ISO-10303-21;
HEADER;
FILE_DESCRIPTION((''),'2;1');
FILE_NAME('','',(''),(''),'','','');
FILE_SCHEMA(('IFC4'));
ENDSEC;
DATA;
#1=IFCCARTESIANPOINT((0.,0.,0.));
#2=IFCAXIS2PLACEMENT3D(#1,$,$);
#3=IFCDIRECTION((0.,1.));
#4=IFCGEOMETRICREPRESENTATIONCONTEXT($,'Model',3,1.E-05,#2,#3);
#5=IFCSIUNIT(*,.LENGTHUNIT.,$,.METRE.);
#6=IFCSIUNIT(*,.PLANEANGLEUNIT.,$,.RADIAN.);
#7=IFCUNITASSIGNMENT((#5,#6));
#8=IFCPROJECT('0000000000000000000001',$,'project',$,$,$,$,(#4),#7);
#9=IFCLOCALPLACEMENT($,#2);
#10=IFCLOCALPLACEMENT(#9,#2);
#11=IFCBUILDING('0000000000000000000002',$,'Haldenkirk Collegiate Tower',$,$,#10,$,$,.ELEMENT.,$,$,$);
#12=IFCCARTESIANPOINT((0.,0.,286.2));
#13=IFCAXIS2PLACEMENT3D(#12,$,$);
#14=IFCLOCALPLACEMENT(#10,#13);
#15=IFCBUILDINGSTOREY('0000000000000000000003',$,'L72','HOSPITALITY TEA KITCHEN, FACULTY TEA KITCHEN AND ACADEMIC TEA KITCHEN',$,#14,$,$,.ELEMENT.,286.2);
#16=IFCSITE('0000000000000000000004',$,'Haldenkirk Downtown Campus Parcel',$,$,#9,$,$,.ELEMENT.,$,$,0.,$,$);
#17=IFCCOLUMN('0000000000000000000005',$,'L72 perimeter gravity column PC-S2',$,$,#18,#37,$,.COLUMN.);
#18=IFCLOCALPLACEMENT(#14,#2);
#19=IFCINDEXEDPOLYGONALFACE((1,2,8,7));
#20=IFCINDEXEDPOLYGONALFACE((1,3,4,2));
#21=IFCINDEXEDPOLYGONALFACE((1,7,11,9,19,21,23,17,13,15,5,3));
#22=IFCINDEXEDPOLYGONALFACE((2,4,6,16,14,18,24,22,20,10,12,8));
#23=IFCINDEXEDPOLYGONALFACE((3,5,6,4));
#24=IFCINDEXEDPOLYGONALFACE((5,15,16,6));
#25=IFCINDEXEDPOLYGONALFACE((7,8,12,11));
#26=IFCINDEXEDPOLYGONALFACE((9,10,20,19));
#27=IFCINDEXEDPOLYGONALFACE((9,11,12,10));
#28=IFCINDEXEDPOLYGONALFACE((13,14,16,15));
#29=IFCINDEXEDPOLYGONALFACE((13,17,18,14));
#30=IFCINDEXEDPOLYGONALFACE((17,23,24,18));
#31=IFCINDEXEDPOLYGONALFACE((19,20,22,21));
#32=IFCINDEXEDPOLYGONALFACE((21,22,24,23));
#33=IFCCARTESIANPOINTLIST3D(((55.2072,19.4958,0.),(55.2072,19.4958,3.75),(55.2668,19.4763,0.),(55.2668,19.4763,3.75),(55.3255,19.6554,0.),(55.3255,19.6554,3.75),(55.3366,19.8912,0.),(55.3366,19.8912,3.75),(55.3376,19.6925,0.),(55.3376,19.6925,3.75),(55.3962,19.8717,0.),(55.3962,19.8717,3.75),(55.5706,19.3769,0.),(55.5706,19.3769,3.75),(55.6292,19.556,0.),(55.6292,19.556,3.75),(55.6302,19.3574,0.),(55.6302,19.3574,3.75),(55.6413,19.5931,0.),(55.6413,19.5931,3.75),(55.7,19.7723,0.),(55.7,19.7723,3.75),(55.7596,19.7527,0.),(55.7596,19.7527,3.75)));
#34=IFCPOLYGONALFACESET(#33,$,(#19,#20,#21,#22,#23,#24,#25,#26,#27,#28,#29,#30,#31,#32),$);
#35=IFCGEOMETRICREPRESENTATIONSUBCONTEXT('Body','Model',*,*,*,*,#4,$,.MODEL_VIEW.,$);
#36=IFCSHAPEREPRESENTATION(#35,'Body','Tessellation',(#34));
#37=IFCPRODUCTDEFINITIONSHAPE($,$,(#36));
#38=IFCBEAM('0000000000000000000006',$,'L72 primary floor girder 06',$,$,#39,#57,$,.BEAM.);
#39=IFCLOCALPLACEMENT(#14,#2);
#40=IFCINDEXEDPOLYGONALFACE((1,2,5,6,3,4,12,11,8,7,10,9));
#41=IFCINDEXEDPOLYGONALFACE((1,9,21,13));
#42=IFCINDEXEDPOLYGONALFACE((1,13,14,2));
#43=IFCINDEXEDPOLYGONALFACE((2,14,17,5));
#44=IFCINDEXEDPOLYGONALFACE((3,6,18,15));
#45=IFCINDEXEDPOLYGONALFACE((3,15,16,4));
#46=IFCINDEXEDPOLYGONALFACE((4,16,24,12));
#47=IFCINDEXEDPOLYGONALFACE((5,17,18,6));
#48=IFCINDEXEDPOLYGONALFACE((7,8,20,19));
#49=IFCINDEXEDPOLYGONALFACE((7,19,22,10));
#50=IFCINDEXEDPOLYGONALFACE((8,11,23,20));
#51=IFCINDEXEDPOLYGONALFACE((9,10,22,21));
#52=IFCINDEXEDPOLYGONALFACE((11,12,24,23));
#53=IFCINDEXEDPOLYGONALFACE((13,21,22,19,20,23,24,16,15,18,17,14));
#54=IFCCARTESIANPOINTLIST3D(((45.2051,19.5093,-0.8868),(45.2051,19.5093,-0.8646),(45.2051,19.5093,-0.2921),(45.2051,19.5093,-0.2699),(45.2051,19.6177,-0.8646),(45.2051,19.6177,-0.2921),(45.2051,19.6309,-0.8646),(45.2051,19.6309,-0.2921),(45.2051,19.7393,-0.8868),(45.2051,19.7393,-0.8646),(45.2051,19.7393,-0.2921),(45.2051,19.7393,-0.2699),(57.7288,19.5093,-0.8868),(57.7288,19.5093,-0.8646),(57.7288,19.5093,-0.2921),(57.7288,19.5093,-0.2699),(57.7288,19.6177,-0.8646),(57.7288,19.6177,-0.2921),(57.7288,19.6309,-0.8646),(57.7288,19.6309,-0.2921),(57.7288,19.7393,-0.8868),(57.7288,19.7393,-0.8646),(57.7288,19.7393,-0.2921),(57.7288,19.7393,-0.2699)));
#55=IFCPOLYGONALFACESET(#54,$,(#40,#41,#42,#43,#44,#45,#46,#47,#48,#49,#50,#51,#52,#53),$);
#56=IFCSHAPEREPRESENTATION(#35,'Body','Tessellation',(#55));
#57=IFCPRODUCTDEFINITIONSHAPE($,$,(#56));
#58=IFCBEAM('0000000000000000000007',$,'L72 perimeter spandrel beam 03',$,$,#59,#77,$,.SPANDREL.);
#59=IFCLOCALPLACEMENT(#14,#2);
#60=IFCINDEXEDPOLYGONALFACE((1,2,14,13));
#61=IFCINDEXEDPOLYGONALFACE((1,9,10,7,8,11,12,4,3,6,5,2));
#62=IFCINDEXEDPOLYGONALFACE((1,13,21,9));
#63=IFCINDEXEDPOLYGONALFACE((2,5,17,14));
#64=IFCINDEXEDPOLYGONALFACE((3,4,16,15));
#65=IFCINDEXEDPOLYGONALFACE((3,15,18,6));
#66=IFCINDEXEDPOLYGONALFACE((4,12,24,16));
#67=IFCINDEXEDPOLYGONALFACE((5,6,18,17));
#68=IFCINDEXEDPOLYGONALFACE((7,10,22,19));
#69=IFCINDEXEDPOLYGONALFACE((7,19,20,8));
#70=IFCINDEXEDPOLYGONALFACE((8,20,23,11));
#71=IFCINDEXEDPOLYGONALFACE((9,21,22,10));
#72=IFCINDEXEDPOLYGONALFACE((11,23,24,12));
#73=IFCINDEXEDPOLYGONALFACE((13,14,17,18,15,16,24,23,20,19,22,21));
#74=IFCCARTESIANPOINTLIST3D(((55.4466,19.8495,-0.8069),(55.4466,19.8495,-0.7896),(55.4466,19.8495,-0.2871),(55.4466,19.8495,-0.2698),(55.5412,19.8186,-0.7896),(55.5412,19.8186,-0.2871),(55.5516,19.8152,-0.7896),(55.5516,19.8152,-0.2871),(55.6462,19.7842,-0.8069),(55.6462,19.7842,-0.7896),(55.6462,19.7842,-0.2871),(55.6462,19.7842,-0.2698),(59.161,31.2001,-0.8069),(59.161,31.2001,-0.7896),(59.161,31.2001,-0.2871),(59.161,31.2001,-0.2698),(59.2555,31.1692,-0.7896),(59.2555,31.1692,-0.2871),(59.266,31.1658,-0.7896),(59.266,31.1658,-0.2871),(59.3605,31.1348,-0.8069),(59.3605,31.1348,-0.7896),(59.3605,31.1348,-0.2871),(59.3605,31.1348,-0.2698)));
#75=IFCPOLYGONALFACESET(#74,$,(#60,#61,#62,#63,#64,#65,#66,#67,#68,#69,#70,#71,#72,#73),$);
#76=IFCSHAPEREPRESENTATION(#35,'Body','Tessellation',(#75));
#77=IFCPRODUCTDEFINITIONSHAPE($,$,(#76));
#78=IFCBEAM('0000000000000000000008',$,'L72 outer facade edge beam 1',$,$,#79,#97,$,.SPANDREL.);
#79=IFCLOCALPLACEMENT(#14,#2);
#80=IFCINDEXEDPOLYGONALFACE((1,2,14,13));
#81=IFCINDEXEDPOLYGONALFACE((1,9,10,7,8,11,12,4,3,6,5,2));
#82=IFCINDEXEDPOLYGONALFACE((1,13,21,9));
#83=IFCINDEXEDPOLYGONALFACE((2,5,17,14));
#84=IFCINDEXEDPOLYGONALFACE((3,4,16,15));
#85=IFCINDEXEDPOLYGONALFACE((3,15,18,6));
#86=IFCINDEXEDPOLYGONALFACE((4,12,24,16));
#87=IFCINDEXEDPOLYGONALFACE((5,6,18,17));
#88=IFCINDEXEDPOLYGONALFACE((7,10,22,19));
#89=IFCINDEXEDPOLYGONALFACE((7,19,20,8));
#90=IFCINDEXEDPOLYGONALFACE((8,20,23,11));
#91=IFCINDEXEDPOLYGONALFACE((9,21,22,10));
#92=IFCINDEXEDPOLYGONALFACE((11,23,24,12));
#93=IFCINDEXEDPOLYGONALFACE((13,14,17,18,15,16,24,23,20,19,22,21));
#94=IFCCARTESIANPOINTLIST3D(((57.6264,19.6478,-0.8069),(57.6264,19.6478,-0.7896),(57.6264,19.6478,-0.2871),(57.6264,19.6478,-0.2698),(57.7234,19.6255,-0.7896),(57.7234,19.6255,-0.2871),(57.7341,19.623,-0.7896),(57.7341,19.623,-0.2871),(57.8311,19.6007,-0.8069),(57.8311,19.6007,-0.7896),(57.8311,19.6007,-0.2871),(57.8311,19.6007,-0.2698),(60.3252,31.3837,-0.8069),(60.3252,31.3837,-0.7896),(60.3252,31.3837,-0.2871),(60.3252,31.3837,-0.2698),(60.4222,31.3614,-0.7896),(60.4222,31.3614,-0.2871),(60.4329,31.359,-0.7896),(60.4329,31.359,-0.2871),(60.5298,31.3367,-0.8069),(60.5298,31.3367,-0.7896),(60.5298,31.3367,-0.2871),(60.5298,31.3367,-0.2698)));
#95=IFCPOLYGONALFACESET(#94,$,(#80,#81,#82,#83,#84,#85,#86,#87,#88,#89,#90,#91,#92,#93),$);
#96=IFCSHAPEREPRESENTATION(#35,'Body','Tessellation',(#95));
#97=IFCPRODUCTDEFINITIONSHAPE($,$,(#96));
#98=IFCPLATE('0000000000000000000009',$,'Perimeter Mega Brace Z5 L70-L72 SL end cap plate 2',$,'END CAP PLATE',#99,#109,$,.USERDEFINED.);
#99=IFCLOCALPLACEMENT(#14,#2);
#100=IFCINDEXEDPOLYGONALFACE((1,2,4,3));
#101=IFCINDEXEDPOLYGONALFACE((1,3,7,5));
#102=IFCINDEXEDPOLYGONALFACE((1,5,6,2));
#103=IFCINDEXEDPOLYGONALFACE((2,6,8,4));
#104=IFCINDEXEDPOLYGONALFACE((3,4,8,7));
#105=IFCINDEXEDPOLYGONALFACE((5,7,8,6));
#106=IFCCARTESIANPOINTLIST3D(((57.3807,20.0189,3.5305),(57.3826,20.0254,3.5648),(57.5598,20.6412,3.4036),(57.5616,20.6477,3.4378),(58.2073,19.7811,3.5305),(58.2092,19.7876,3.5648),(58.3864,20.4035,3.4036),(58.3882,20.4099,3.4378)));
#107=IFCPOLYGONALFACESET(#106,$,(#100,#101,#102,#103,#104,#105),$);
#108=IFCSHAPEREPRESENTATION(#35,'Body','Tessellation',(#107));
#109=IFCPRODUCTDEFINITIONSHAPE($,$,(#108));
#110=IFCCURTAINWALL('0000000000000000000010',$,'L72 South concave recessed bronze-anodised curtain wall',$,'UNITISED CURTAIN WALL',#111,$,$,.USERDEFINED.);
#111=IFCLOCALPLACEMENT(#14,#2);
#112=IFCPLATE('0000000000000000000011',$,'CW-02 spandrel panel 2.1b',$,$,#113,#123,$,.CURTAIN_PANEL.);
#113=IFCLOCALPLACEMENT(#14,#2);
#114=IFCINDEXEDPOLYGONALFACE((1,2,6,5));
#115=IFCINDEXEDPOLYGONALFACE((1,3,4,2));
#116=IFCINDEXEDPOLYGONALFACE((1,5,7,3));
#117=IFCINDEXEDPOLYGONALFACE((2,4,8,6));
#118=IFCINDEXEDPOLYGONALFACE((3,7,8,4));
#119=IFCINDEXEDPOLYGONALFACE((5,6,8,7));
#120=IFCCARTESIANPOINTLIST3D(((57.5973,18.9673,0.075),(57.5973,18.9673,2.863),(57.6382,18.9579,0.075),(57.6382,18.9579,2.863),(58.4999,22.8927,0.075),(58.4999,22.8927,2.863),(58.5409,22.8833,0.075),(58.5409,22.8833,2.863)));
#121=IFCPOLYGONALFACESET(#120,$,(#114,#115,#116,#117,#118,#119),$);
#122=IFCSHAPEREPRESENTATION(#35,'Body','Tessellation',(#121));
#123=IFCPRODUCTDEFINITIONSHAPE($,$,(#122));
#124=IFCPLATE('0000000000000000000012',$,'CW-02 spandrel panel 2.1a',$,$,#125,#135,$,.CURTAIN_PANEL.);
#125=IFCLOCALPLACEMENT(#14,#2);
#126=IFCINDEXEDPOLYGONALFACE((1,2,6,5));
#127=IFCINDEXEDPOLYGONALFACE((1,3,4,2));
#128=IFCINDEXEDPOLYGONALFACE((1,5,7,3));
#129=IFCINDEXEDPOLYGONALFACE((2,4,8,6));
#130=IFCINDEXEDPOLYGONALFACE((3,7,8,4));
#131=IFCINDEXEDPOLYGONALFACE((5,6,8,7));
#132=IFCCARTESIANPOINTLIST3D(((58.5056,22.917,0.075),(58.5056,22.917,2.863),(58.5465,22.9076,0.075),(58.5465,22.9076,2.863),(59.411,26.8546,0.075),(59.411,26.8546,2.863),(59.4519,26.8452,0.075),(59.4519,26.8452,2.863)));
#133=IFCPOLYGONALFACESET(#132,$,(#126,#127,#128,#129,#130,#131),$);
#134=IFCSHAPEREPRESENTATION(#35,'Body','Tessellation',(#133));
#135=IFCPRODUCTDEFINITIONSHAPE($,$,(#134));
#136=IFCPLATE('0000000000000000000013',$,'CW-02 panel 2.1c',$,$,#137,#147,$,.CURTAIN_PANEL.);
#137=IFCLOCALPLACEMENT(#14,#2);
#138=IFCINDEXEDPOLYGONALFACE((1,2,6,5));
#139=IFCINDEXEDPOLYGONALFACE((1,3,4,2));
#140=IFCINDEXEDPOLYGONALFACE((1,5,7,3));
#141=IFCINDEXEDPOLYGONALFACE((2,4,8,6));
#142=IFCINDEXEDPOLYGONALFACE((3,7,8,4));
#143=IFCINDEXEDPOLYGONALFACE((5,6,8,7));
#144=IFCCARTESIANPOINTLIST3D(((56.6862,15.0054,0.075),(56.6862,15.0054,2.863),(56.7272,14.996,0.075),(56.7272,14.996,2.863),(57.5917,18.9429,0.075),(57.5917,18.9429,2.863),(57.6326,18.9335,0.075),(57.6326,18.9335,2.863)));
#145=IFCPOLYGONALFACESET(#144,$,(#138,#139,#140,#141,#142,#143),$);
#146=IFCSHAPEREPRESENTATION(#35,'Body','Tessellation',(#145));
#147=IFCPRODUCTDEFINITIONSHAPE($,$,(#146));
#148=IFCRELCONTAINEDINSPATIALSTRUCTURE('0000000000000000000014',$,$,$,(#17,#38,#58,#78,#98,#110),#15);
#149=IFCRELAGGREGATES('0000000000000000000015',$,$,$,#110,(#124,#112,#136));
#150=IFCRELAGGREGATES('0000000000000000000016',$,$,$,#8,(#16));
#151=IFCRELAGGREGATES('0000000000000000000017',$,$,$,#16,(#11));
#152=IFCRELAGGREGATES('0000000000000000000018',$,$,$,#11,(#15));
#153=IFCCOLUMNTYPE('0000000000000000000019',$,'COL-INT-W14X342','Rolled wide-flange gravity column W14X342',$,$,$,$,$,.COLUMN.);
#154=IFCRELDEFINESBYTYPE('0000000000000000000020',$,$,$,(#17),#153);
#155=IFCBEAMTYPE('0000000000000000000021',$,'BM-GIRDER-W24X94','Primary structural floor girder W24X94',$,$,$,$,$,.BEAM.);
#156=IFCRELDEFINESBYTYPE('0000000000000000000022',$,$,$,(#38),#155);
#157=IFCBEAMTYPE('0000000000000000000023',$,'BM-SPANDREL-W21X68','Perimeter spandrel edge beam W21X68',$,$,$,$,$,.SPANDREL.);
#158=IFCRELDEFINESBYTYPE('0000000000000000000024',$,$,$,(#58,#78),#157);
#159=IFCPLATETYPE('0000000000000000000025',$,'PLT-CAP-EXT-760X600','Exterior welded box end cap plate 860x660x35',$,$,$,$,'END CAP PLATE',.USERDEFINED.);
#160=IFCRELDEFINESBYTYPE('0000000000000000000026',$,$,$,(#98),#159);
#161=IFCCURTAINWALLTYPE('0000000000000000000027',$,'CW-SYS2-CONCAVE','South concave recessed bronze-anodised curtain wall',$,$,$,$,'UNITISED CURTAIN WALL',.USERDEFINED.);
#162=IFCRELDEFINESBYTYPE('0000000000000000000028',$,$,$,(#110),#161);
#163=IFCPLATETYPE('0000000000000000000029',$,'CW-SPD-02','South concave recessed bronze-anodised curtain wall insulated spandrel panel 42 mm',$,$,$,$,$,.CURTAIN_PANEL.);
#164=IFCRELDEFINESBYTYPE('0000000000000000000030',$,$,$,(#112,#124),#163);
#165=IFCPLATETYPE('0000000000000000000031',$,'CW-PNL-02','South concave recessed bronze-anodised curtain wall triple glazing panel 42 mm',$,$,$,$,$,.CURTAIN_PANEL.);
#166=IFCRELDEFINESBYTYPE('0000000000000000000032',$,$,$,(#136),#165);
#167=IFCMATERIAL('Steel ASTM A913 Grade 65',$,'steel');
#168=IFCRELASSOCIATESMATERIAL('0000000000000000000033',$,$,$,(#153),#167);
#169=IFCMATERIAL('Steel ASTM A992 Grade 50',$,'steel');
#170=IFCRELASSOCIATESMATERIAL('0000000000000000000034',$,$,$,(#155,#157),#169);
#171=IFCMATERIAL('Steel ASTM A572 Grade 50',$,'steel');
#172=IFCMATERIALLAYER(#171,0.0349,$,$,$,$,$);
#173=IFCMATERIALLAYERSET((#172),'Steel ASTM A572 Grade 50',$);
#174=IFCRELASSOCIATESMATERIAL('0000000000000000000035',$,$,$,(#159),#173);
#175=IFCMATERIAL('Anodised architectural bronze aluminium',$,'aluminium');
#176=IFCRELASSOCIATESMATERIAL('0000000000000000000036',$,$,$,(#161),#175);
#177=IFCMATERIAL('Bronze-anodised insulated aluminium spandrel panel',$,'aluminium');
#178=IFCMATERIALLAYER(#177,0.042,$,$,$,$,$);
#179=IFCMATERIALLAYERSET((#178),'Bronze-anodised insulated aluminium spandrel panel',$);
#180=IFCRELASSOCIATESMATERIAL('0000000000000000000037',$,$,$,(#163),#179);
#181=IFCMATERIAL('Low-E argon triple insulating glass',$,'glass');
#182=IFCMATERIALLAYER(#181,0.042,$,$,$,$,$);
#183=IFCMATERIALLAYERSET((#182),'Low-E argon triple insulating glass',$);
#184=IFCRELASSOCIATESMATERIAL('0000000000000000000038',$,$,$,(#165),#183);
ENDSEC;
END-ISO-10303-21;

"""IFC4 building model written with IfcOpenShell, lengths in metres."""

from ifc_helpers import new_model, si_unit, direction, frame, origin, origin_2d, place, context, subcontext, project, spatial, rectangle, i_section, extrude, source, transform, mapped, material, layer, layer_set, material_profile, profile_set, type_object, element, aggregate, save


model = new_model("IFC4")

# Units and contexts
model_context = context("Model", 3, precision=1e-05, world=origin(), true_north=direction((0.0, 1.0)))
body_context = subcontext(model_context, "Body", "Model", "MODEL_VIEW")
ifc_project = project(units=[si_unit("LENGTHUNIT", "METRE"), si_unit("PLANEANGLEUNIT", "RADIAN")], contexts=[model_context])

# Site, building, storey
site_placement = place(None, origin())
site = spatial("IfcSite", under=ifc_project, at=site_placement, Name="Haldenkirk Downtown Campus Parcel", CompositionType="ELEMENT", RefElevation=0.0)
building_placement = place(site_placement, origin())
building = spatial("IfcBuilding", under=site, at=building_placement, Name="Haldenkirk Collegiate Tower", CompositionType="ELEMENT")
storey_placement = place(building_placement, frame((0.0, 0.0, 286.2)))
storey = spatial("IfcBuildingStorey", under=building, at=storey_placement, Name="L72", Description="HOSPITALITY TEA KITCHEN, FACULTY TEA KITCHEN AND ACADEMIC TEA KITCHEN", CompositionType="ELEMENT", Elevation=286.2)

# Column
ifc_material_1 = material(Name="Steel ASTM A913 Grade 65", Category="steel")
ifc_material_profile_1 = material_profile(ifc_material_1, i_section(OverallWidth=0.416, OverallDepth=0.4451, WebThickness=0.0391, FlangeThickness=0.0627, at=origin_2d()), Name="W14X342")
ifc_profile_set_1 = profile_set([ifc_material_profile_1], Name="Steel ASTM A913 Grade 65")
column_type = type_object("IfcColumnType", Name="COL-INT-W14X342", Description="Rolled wide-flange gravity column W14X342", PredefinedType="COLUMN", material=ifc_profile_set_1)
column_placement = place(storey_placement, frame((55.4834, 19.6243, 0.0), z_axis=(0.0, 0.0, 1.0), x_axis=(0.311008, 0.950407, 0.0)))
element("IfcColumn", 1, at=column_placement, inside=storey, type_object=column_type, Name="L72 perimeter gravity column PC-S2", PredefinedType="COLUMN", context=body_context, shape_type="SweptSolid", body=[
    extrude(i_section(OverallWidth=0.416, OverallDepth=0.4451, WebThickness=0.0391, FlangeThickness=0.0627, at=origin_2d()), origin(), (0.0, 0.0, 1.0), 3.75),
])

# Beams
ifc_material_2 = material(Name="Steel ASTM A992 Grade 50", Category="steel")
ifc_material_profile_2 = material_profile(ifc_material_2, i_section(OverallWidth=0.23, OverallDepth=0.6169, WebThickness=0.0132, FlangeThickness=0.0222, at=origin_2d()), Name="W24X94")
ifc_profile_set_2 = profile_set([ifc_material_profile_2], Name="Steel ASTM A992 Grade 50")
beam_type_1 = type_object("IfcBeamType", Name="BM-GIRDER-W24X94", Description="Primary structural floor girder W24X94", PredefinedType="BEAM", material=ifc_profile_set_2)
beam_1_placement = place(storey_placement, frame((57.7288, 19.6243, -0.5784), z_axis=(-1.0, 0.0, 0.0), x_axis=(0.0, -1.0, 0.0)))
element("IfcBeam", 2, at=beam_1_placement, inside=storey, type_object=beam_type_1, Name="L72 primary floor girder 06", PredefinedType="BEAM", context=body_context, shape_type="SweptSolid", body=[
    extrude(i_section(OverallWidth=0.23, OverallDepth=0.6169, WebThickness=0.0132, FlangeThickness=0.0222, at=origin_2d()), origin(), (0.0, 0.0, 1.0), 12.5237),
])
ifc_material_profile_3 = material_profile(ifc_material_2, i_section(OverallWidth=0.21, OverallDepth=0.5371, WebThickness=0.011, FlangeThickness=0.0173, at=origin_2d()), Name="W21X68")
ifc_profile_set_3 = profile_set([ifc_material_profile_3], Name="Steel ASTM A992 Grade 50")
beam_type_2 = type_object("IfcBeamType", Name="BM-SPANDREL-W21X68", Description="Perimeter spandrel edge beam W21X68", PredefinedType="SPANDREL", material=ifc_profile_set_3)
beam_2_placement = place(storey_placement, frame((55.5464, 19.8169, -0.5383), z_axis=(0.31101, 0.950407, 0.0), x_axis=(-0.950407, 0.31101, 0.0)))
element("IfcBeam", 3, at=beam_2_placement, inside=storey, type_object=beam_type_2, Name="L72 perimeter spandrel beam 03", PredefinedType="SPANDREL", context=body_context, shape_type="SweptSolid", body=[
    extrude(i_section(OverallWidth=0.21, OverallDepth=0.5371, WebThickness=0.011, FlangeThickness=0.0173, at=origin_2d()), origin(), (0.0, 0.0, 1.0), 11.9429),
])
beam_3_placement = place(storey_placement, frame((57.7288, 19.6243, -0.5383), z_axis=(0.224107, 0.974564, 0.0), x_axis=(-0.974564, 0.224107, 0.0)))
element("IfcBeam", 4, at=beam_3_placement, inside=storey, type_object=beam_type_2, Name="L72 outer facade edge beam 1", PredefinedType="SPANDREL", context=body_context, shape_type="SweptSolid", body=[
    extrude(i_section(OverallWidth=0.21, OverallDepth=0.5371, WebThickness=0.011, FlangeThickness=0.0173, at=origin_2d()), origin(), (0.0, 0.0, 1.0), 12.0422),
])

# Plate
ifc_material_3 = material(Name="Steel ASTM A572 Grade 50", Category="steel")
ifc_layer_1 = layer(ifc_material_3, 0.0349)
ifc_layer_set_1 = layer_set([ifc_layer_1], Name="Steel ASTM A572 Grade 50")
plate_type_1 = type_object("IfcPlateType", Name="PLT-CAP-EXT-760X600", Description="Exterior welded box end cap plate 860x660x35", ElementType="END CAP PLATE", PredefinedType="USERDEFINED", material=ifc_layer_set_1)
shared_shape_1 = source(origin(), body_context, "Body", "SweptSolid", [
    extrude(rectangle(XDim=0.8601, YDim=0.6599, at=origin_2d()), origin(), (0.0, 0.0, 1.0), 0.0349),
])
plate_1_placement = place(storey_placement, frame((57.8835, 20.2112, 3.467), z_axis=(0.053192, 0.184898, 0.981317), x_axis=(-0.961023, 0.276469, 0.0)))
element("IfcPlate", 5, at=plate_1_placement, inside=storey, type_object=plate_type_1, Name="Perimeter Mega Brace Z5 L70-L72 SL end cap plate 2", ObjectType="END CAP PLATE", PredefinedType="USERDEFINED", context=body_context, shape_type="MappedRepresentation", body=[
    mapped(shared_shape_1, transform((0.0, 0.0, 0.0), x_axis=(1.0, 0.0, 0.0), y_axis=(0.0, 1.0, 0.0), z_axis=(0.0, 0.0, 1.0), scale=1.0)),
])

# Curtain wall, plates
ifc_material_4 = material(Name="Anodised architectural bronze aluminium", Category="aluminium")
curtain_wall_type = type_object("IfcCurtainWallType", Name="CW-SYS2-CONCAVE", Description="South concave recessed bronze-anodised curtain wall", ElementType="UNITISED CURTAIN WALL", PredefinedType="USERDEFINED", material=ifc_material_4)
curtain_wall_placement = place(storey_placement, origin())
curtain_wall = element("IfcCurtainWall", 6, at=curtain_wall_placement, inside=storey, type_object=curtain_wall_type, Name="L72 South concave recessed bronze-anodised curtain wall", ObjectType="UNITISED CURTAIN WALL", PredefinedType="USERDEFINED")
ifc_material_5 = material(Name="Bronze-anodised insulated aluminium spandrel panel", Category="aluminium")
ifc_layer_2 = layer(ifc_material_5, 0.042)
ifc_layer_set_2 = layer_set([ifc_layer_2], Name="Bronze-anodised insulated aluminium spandrel panel")
plate_type_2 = type_object("IfcPlateType", Name="CW-SPD-02", Description="South concave recessed bronze-anodised curtain wall insulated spandrel panel 42 mm", PredefinedType="CURTAIN_PANEL", material=ifc_layer_set_2)
shared_shape_2 = source(origin(), body_context, "Body", "SweptSolid", [
    extrude(rectangle(XDim=4.0278, YDim=0.042, at=origin_2d()), origin(), (0.0, 0.0, 1.0), 2.7881),
])
plate_2_placement = place(storey_placement, frame((58.0691, 20.9253, 0.075), z_axis=(0.0, 0.0, 1.0), x_axis=(-0.224101, -0.974566, 0.0)))
plate_2 = element("IfcPlate", 7, at=plate_2_placement, type_object=plate_type_2, Name="CW-02 spandrel panel 2.1b", PredefinedType="CURTAIN_PANEL", context=body_context, shape_type="MappedRepresentation", body=[
    mapped(shared_shape_2, transform((0.0, 0.0, 0.0), x_axis=(1.0, 0.0, 0.0), y_axis=(0.0, 1.0, 0.0), z_axis=(0.0, 0.0, 1.0), scale=1.0)),
])
shared_shape_3 = source(origin(), body_context, "Body", "SweptSolid", [
    extrude(rectangle(XDim=4.0403, YDim=0.042, at=origin_2d()), origin(), (0.0, 0.0, 1.0), 2.7881),
])
plate_3_placement = place(storey_placement, frame((58.9788, 24.8811, 0.075), z_axis=(0.0, 0.0, 1.0), x_axis=(-0.224101, -0.974566, 0.0)))
plate_3 = element("IfcPlate", 8, at=plate_3_placement, type_object=plate_type_2, Name="CW-02 spandrel panel 2.1a", PredefinedType="CURTAIN_PANEL", context=body_context, shape_type="MappedRepresentation", body=[
    mapped(shared_shape_3, transform((0.0, 0.0, 0.0), x_axis=(1.0, 0.0, 0.0), y_axis=(0.0, 1.0, 0.0), z_axis=(0.0, 0.0, 1.0), scale=1.0)),
])
ifc_material_6 = material(Name="Low-E argon triple insulating glass", Category="glass")
ifc_layer_3 = layer(ifc_material_6, 0.042)
ifc_layer_set_3 = layer_set([ifc_layer_3], Name="Low-E argon triple insulating glass")
plate_type_3 = type_object("IfcPlateType", Name="CW-PNL-02", Description="South concave recessed bronze-anodised curtain wall triple glazing panel 42 mm", PredefinedType="CURTAIN_PANEL", material=ifc_layer_set_3)
plate_4_placement = place(storey_placement, frame((57.1594, 16.9695, 0.075), z_axis=(0.0, 0.0, 1.0), x_axis=(-0.224101, -0.974566, 0.0)))
plate_4 = element("IfcPlate", 9, at=plate_4_placement, type_object=plate_type_3, Name="CW-02 panel 2.1c", PredefinedType="CURTAIN_PANEL", context=body_context, shape_type="MappedRepresentation", body=[
    mapped(shared_shape_3, transform((0.0, 0.0, 0.0), x_axis=(1.0, 0.0, 0.0), y_axis=(0.0, 1.0, 0.0), z_axis=(0.0, 0.0, 1.0), scale=1.0)),
])
aggregate(curtain_wall, [plate_3, plate_2, plate_4])

save(model, "model.ifc")
